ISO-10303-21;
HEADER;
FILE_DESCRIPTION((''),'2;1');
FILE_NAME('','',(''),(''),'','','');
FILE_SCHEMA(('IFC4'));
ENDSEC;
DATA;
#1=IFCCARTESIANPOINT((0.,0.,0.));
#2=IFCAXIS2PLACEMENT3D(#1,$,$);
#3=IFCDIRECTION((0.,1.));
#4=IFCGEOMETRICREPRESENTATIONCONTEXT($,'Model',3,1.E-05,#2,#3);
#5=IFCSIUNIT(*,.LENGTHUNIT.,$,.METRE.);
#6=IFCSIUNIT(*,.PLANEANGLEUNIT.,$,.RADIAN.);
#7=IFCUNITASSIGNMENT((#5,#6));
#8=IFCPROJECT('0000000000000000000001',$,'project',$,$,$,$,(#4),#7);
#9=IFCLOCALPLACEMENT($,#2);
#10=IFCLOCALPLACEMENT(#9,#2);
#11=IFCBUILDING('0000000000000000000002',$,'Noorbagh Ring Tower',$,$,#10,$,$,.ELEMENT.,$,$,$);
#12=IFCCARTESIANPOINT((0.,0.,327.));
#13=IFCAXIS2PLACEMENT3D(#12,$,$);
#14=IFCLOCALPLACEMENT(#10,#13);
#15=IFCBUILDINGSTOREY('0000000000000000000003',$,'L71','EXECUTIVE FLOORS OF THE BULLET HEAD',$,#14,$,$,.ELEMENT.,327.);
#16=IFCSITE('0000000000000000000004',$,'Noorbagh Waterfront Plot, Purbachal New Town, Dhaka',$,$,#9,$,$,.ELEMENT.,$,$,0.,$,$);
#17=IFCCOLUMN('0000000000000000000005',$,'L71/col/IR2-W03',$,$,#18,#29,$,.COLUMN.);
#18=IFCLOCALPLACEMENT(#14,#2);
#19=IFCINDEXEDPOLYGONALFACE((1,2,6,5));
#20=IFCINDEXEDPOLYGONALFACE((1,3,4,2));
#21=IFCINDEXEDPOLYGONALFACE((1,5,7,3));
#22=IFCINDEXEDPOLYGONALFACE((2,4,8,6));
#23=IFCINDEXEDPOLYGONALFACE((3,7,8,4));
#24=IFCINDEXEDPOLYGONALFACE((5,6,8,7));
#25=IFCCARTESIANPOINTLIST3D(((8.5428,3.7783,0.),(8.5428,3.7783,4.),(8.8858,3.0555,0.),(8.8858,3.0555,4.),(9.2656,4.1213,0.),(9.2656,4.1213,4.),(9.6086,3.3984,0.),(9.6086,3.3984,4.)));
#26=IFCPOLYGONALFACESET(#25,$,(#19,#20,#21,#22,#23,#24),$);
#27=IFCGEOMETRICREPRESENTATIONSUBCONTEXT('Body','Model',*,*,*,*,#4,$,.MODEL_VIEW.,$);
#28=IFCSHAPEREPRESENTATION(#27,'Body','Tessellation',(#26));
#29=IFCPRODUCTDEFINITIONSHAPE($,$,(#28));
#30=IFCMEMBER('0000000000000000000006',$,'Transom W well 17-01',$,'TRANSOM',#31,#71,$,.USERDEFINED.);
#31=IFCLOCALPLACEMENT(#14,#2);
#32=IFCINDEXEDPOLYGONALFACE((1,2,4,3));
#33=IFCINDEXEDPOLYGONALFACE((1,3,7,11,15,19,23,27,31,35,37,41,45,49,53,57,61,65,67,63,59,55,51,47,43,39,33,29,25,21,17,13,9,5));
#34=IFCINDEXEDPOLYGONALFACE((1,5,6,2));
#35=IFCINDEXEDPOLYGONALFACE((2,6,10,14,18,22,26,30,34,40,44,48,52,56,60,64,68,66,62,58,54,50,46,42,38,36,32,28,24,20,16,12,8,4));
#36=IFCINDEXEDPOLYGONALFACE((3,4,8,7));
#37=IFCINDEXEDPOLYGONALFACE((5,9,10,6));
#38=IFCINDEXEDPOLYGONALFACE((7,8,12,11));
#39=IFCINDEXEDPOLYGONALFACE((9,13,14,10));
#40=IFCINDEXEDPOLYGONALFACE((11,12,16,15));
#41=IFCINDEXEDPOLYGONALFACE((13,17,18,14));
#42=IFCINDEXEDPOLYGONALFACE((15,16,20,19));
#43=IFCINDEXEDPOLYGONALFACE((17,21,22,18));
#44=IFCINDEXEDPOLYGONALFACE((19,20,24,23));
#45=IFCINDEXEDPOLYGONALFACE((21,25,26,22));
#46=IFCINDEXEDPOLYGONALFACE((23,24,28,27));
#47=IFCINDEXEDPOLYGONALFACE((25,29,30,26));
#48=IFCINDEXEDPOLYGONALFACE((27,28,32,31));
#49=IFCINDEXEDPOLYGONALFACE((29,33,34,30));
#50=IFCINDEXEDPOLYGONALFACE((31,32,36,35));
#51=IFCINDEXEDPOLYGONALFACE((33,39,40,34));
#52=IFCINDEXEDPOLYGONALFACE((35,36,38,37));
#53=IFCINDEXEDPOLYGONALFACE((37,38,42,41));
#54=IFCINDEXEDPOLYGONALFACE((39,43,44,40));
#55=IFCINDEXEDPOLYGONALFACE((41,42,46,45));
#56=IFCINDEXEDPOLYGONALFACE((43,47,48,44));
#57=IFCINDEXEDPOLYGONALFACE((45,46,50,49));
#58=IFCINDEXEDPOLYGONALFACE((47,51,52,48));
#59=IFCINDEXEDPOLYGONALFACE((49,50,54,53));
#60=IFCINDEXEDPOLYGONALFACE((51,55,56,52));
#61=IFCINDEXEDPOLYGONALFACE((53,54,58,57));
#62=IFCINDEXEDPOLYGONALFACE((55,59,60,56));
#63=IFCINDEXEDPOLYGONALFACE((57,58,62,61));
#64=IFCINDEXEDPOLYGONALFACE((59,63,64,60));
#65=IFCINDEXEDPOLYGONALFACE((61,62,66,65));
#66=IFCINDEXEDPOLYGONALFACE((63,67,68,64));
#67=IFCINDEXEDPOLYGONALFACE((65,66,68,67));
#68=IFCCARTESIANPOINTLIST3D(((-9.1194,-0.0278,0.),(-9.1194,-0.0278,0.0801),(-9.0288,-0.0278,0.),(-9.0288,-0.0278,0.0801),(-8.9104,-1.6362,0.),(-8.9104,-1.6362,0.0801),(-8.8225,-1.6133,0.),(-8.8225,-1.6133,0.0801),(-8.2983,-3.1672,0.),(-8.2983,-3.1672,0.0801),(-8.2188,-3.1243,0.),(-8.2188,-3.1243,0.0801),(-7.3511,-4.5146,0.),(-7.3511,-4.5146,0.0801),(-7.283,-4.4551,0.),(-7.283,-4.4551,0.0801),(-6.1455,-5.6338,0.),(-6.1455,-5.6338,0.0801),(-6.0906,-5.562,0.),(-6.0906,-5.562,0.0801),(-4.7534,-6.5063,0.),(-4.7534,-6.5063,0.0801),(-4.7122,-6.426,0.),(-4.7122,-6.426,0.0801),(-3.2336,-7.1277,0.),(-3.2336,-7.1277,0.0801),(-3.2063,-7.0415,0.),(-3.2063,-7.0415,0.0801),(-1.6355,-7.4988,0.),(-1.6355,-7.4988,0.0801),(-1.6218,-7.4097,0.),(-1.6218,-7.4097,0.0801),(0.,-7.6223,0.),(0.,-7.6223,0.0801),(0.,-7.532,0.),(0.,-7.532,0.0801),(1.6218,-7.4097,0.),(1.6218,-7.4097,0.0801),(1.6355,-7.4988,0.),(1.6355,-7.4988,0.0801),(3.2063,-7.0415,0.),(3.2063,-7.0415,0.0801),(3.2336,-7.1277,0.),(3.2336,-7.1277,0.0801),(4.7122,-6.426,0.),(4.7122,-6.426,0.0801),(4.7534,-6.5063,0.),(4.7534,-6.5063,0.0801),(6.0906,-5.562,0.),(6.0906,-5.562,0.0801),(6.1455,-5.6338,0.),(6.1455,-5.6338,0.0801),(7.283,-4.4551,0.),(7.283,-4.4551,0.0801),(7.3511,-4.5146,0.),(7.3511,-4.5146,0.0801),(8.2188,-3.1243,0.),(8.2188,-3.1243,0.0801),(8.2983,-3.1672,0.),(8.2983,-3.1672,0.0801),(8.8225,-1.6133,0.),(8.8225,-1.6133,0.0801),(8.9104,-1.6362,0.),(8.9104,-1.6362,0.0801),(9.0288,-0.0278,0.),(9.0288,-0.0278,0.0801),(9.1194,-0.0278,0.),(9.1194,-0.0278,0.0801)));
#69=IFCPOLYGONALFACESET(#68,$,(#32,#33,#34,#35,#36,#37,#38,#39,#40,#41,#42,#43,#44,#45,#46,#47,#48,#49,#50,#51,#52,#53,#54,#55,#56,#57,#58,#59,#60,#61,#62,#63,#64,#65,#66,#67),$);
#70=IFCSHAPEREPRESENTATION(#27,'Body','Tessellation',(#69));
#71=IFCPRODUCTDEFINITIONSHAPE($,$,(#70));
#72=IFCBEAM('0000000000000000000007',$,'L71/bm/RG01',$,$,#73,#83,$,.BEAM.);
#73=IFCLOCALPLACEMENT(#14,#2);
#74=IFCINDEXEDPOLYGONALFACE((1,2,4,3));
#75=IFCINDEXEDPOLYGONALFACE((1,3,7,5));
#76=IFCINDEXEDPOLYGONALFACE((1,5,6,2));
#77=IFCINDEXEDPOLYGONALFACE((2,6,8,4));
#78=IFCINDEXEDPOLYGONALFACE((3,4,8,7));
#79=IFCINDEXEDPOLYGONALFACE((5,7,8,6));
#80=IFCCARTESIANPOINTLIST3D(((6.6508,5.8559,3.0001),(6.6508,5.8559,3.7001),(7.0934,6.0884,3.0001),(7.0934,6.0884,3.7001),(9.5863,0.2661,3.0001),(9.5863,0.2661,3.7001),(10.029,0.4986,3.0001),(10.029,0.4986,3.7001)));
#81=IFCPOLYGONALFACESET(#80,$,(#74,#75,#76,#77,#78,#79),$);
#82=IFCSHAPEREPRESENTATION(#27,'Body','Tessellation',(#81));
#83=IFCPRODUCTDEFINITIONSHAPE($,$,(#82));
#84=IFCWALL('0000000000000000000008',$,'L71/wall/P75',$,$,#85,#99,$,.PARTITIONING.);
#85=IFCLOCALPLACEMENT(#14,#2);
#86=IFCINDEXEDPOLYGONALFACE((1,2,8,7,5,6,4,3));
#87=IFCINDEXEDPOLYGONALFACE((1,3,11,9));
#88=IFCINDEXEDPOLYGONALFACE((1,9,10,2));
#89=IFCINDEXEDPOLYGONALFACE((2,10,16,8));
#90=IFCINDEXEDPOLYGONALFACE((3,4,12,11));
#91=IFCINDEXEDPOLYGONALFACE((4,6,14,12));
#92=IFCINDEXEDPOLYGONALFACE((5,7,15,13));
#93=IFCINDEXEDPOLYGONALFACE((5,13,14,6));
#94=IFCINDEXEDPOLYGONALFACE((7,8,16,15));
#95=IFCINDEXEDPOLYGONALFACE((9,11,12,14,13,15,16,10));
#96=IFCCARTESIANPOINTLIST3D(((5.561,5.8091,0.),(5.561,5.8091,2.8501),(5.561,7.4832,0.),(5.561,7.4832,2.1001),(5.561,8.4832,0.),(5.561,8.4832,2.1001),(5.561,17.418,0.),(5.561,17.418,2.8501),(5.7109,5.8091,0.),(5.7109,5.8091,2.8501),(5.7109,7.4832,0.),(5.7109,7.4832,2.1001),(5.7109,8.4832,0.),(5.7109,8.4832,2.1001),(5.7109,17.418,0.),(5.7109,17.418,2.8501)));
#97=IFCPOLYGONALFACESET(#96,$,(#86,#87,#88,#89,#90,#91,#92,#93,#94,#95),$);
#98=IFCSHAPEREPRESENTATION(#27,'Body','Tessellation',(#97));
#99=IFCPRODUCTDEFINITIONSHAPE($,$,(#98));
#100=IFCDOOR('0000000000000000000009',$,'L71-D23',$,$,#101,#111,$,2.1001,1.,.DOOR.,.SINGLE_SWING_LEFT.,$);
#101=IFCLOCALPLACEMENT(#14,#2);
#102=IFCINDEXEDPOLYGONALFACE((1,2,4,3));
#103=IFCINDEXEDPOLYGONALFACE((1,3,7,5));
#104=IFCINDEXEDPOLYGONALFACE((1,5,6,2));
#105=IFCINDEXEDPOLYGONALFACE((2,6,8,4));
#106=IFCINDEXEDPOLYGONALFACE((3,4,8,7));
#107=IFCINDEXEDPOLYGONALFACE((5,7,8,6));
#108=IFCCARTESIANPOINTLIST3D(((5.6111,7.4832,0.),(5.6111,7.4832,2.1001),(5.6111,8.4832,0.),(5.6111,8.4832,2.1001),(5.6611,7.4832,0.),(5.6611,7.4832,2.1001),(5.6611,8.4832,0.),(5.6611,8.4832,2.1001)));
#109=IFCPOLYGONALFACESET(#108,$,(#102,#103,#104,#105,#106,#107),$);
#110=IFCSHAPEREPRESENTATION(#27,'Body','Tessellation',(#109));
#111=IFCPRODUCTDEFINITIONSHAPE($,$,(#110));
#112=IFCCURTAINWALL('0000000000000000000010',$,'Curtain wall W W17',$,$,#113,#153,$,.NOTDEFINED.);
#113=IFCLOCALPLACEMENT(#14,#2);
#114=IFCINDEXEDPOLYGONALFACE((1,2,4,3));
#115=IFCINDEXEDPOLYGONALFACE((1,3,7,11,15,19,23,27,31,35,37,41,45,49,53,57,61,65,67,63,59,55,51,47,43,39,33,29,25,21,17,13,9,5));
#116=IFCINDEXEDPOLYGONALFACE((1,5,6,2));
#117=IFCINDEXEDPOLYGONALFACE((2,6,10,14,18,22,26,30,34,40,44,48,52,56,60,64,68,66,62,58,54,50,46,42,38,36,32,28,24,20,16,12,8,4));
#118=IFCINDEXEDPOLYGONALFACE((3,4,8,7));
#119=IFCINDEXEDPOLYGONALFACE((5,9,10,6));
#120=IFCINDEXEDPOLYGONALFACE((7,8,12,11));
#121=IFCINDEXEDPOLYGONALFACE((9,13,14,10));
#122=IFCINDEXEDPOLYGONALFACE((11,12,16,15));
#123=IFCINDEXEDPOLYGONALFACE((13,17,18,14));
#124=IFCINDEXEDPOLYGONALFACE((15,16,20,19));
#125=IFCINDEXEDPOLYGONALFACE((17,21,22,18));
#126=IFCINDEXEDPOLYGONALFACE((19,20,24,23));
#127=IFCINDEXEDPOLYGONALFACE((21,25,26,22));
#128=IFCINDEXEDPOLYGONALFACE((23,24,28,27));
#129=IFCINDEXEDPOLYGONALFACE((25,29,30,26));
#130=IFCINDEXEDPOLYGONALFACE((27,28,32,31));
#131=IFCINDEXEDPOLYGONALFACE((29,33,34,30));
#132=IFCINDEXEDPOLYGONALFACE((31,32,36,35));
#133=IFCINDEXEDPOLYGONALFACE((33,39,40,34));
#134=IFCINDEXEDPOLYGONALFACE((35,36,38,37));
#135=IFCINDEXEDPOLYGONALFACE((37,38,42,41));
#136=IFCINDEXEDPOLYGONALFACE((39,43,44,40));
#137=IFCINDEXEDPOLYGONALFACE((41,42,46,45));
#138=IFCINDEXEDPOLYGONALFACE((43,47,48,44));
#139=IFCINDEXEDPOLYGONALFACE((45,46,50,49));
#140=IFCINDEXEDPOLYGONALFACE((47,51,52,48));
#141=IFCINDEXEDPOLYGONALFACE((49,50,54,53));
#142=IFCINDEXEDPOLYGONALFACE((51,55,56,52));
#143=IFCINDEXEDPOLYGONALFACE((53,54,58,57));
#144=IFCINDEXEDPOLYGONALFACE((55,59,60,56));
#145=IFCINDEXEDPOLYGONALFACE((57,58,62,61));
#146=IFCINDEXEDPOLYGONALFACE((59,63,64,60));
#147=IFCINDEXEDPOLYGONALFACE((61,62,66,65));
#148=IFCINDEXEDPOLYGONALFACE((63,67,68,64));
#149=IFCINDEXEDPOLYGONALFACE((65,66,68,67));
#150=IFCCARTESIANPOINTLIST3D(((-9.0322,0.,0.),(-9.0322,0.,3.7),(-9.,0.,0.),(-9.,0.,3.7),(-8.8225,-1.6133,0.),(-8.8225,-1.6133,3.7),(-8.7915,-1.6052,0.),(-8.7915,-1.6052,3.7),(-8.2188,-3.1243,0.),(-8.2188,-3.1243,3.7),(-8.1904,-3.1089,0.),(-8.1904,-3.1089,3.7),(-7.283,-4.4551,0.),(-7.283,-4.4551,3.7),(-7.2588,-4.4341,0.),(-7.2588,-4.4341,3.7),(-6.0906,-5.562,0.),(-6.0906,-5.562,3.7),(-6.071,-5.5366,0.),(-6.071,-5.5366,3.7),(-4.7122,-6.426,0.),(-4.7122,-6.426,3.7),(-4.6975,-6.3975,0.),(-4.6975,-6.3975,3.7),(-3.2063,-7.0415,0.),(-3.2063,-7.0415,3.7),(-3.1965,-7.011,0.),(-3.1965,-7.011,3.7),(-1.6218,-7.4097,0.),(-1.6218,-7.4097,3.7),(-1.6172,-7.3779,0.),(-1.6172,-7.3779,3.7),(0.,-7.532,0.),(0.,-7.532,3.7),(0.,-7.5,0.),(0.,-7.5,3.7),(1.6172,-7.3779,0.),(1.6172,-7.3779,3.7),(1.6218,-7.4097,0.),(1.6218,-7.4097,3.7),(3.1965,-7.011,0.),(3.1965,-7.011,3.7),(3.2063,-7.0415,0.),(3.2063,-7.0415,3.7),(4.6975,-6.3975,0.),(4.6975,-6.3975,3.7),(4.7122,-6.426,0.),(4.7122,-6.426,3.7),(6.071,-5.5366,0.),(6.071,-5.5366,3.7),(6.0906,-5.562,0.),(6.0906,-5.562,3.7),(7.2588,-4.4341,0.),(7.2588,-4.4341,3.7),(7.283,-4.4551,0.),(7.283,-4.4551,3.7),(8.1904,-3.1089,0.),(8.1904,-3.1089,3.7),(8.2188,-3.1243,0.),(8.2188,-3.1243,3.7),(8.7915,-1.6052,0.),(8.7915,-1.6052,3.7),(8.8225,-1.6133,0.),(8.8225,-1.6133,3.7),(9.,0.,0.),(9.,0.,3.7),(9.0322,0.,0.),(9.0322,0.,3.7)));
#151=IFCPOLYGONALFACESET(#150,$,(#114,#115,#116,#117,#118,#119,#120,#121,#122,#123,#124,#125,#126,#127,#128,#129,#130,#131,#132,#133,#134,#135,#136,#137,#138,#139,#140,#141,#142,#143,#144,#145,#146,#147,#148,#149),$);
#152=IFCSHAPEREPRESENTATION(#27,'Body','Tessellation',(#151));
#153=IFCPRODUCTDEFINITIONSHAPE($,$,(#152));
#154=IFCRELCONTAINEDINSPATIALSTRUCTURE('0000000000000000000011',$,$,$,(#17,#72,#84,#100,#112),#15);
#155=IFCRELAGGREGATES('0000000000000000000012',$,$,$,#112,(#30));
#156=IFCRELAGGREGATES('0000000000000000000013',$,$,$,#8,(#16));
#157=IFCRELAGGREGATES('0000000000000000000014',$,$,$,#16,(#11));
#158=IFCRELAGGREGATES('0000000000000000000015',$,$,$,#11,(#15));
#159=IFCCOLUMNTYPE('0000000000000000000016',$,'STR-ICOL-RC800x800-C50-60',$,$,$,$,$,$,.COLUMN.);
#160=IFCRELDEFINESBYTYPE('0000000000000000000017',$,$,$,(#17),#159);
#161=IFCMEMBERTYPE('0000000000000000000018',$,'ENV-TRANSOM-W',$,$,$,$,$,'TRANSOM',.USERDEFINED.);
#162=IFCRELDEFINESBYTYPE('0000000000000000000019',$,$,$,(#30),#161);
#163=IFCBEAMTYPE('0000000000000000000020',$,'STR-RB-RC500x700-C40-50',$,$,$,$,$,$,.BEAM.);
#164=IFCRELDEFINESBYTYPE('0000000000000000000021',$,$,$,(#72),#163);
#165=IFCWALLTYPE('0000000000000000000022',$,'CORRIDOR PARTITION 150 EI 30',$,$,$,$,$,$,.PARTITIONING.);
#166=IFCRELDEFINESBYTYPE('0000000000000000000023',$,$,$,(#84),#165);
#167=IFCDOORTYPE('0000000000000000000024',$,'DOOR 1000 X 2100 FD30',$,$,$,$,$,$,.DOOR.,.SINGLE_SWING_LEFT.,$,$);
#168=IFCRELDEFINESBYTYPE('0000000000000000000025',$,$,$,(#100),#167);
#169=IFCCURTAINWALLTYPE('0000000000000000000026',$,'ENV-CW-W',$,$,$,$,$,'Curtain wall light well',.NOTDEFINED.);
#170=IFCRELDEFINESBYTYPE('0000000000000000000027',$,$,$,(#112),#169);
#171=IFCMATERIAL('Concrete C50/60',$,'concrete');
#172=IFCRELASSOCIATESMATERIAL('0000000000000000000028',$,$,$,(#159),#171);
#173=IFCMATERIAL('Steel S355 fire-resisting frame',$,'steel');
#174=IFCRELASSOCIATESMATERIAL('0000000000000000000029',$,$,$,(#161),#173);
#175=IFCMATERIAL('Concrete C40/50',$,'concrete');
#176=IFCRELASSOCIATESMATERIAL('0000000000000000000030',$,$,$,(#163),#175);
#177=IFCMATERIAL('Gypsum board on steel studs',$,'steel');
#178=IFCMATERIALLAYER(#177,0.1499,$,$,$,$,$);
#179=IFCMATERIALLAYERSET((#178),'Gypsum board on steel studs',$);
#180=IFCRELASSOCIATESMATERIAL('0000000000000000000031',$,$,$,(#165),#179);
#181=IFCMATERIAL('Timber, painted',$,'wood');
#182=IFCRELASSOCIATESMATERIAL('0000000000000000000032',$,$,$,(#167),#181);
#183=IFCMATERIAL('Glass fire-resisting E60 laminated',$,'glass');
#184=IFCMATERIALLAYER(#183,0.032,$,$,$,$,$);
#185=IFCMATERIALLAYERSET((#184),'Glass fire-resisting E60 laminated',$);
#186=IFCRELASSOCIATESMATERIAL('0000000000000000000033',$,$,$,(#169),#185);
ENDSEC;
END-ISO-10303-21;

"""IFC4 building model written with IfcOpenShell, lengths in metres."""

from ifc_helpers import new_model, si_unit, direction, frame, frame_2d, origin, origin_2d, place, context, subcontext, project, spatial, polyline, rectangle, outline, extrude, material, layer, layer_set, material_profile, profile_set, type_object, element, fill, aggregate, save


model = new_model("IFC4")

# Units and contexts
model_context = context("Model", 3, precision=1e-05, world=origin(), true_north=direction((0.0, 1.0)))
body_context = subcontext(model_context, "Body", "Model", "MODEL_VIEW")
ifc_project = project(units=[si_unit("LENGTHUNIT", "METRE"), si_unit("PLANEANGLEUNIT", "RADIAN")], contexts=[model_context])

# Site, building, storey
site_placement = place(None, origin())
site = spatial("IfcSite", under=ifc_project, at=site_placement, Name="Noorbagh Waterfront Plot, Purbachal New Town, Dhaka", CompositionType="ELEMENT", RefElevation=0.0)
building_placement = place(site_placement, origin())
building = spatial("IfcBuilding", under=site, at=building_placement, Name="Noorbagh Ring Tower", CompositionType="ELEMENT")
storey_placement = place(building_placement, frame((0.0, 0.0, 327.0)))
storey = spatial("IfcBuildingStorey", under=building, at=storey_placement, Name="L71", Description="EXECUTIVE FLOORS OF THE BULLET HEAD", CompositionType="ELEMENT", Elevation=327.0)

# Column
ifc_material_1 = material(Name="Concrete C50/60", Category="concrete")
ifc_material_profile_1 = material_profile(ifc_material_1, rectangle(XDim=0.8, YDim=0.8, at=origin_2d()), Name="RC800x800")
ifc_profile_set_1 = profile_set([ifc_material_profile_1], Name="Concrete C50/60")
column_type = type_object("IfcColumnType", Name="STR-ICOL-RC800x800-C50-60", PredefinedType="COLUMN", material=ifc_profile_set_1)
column_placement = place(storey_placement, frame((9.0757, 3.5884, 0.0), z_axis=(0.0, 0.0, 1.0), x_axis=(-0.428667, 0.903463, 0.0)))
element("IfcColumn", 1, at=column_placement, inside=storey, type_object=column_type, Name="L71/col/IR2-W03", PredefinedType="COLUMN", context=body_context, shape_type="SweptSolid", body=[
    extrude(rectangle(XDim=0.8, YDim=0.8, at=origin_2d()), origin(), (0.0, 0.0, 1.0), 4.0),
])

# Member
ifc_material_2 = material(Name="Steel S355 fire-resisting frame", Category="steel")
member_type = type_object("IfcMemberType", Name="ENV-TRANSOM-W", ElementType="TRANSOM", PredefinedType="USERDEFINED", material=ifc_material_2)
member_placement = place(storey_placement, origin())
member = element("IfcMember", 2, at=member_placement, type_object=member_type, Name="Transom W well 17-01", ObjectType="TRANSOM", PredefinedType="USERDEFINED", context=body_context, shape_type="SweptSolid", body=[
    extrude(outline(polyline([(-9.1194, -0.0278), (-8.9104, -1.6362), (-8.2983, -3.1672), (-7.3511, -4.5146), (-6.1455, -5.6338), (-4.7534, -6.5063), (-3.2336, -7.1277), (-1.6355, -7.4988), (0.0, -7.6223), (1.6355, -7.4988), (3.2336, -7.1277), (4.7534, -6.5063), (6.1455, -5.6338), (7.3511, -4.5146), (8.2983, -3.1672), (8.9104, -1.6362), (9.1194, -0.0278), (9.0288, -0.0278), (8.8225, -1.6133), (8.2188, -3.1243), (7.283, -4.4551), (6.0906, -5.562), (4.7122, -6.426), (3.2063, -7.0415), (1.6218, -7.4097), (0.0, -7.532), (-1.6218, -7.4097), (-3.2063, -7.0415), (-4.7122, -6.426), (-6.0906, -5.562), (-7.283, -4.4551), (-8.2188, -3.1243), (-8.8225, -1.6133), (-9.0288, -0.0278), (-9.1194, -0.0278)])), origin(), (0.0, 0.0, 1.0), 0.0801),
])

# Beam
ifc_material_3 = material(Name="Concrete C40/50", Category="concrete")
ifc_material_profile_2 = material_profile(ifc_material_3, rectangle(XDim=0.5, YDim=0.7, at=origin_2d()), Name="RC500x700")
ifc_profile_set_2 = profile_set([ifc_material_profile_2], Name="Concrete C40/50")
beam_type = type_object("IfcBeamType", Name="STR-RB-RC500x700-C40-50", PredefinedType="BEAM", material=ifc_profile_set_2)
beam_placement = place(storey_placement, frame((9.8076, 0.3823, 3.3501), z_axis=(-0.464943, 0.885341, 0.0), x_axis=(-0.885341, -0.464943, 0.0)))
element("IfcBeam", 3, at=beam_placement, inside=storey, type_object=beam_type, Name="L71/bm/RG01", PredefinedType="BEAM", context=body_context, shape_type="SweptSolid", body=[
    extrude(rectangle(XDim=0.5, YDim=0.7, at=origin_2d()), origin(), (0.0, 0.0, 1.0), 6.3137),
])

# Wall, opening, door
ifc_material_4 = material(Name="Gypsum board on steel studs", Category="steel")
ifc_layer_1 = layer(ifc_material_4, 0.1499)
ifc_layer_set_1 = layer_set([ifc_layer_1], Name="Gypsum board on steel studs")
wall_type = type_object("IfcWallType", Name="CORRIDOR PARTITION 150 EI 30", PredefinedType="PARTITIONING", material=ifc_layer_set_1)
wall_placement = place(storey_placement, frame((5.636, 5.8091, 0.0), z_axis=(0.0, 0.0, 1.0), x_axis=(0.0, 1.0, 0.0)))
wall = element("IfcWall", 4, at=wall_placement, inside=storey, type_object=wall_type, Name="L71/wall/P75", PredefinedType="PARTITIONING", context=body_context, shape_type="SweptSolid", body=[
    extrude(rectangle(XDim=11.6089, YDim=0.1499, at=frame_2d((5.8044, 0.0))), origin(), (0.0, 0.0, 1.0), 2.8501),
])
opening_placement = place(wall_placement, frame((1.6741, 0.0, 0.0)))
opening = element("IfcOpeningElement", 5, at=opening_placement, cuts=wall, PredefinedType="OPENING", context=body_context, shape_type="SweptSolid", body=[
    extrude(rectangle(XDim=1.0, YDim=2.1001, at=frame_2d((0.5, 1.05))), frame((0.0, 0.085, 0.0), z_axis=(0.0, -1.0, 0.0), x_axis=(1.0, 0.0, 0.0)), (0.0, 0.0, 1.0), 0.1699),
])
ifc_material_5 = material(Name="Timber, painted", Category="wood")
door_type = type_object("IfcDoorType", Name="DOOR 1000 X 2100 FD30", OperationType="SINGLE_SWING_LEFT", PredefinedType="DOOR", material=ifc_material_5)
door_placement = place(opening_placement, origin())
door = element("IfcDoor", 6, at=door_placement, inside=storey, type_object=door_type, Name="L71-D23", OperationType="SINGLE_SWING_LEFT", OverallHeight=2.1001, OverallWidth=1.0, PredefinedType="DOOR", context=body_context, shape_type="SweptSolid", body=[
    extrude(rectangle(XDim=1.0, YDim=2.1001, at=frame_2d((0.5, 1.05))), frame((0.0, 0.0249, 0.0), z_axis=(0.0, -1.0, 0.0), x_axis=(1.0, 0.0, 0.0)), (0.0, 0.0, 1.0), 0.05),
])
fill(opening, door)

# Curtain wall
ifc_material_6 = material(Name="Glass fire-resisting E60 laminated", Category="glass")
ifc_layer_2 = layer(ifc_material_6, 0.032)
ifc_layer_set_2 = layer_set([ifc_layer_2], Name="Glass fire-resisting E60 laminated")
curtain_wall_type = type_object("IfcCurtainWallType", Name="ENV-CW-W", ElementType="Curtain wall light well", PredefinedType="NOTDEFINED", material=ifc_layer_set_2)
curtain_wall_placement = place(storey_placement, origin())
curtain_wall = element("IfcCurtainWall", 7, at=curtain_wall_placement, inside=storey, type_object=curtain_wall_type, Name="Curtain wall W W17", PredefinedType="NOTDEFINED", context=body_context, shape_type="SweptSolid", body=[
    extrude(outline(polyline([(-9.0322, 0.0), (-8.8225, -1.6133), (-8.2188, -3.1243), (-7.283, -4.4551), (-6.0906, -5.562), (-4.7122, -6.426), (-3.2063, -7.0415), (-1.6218, -7.4097), (0.0, -7.532), (1.6218, -7.4097), (3.2063, -7.0415), (4.7122, -6.426), (6.0906, -5.562), (7.283, -4.4551), (8.2188, -3.1243), (8.8225, -1.6133), (9.0322, 0.0), (9.0, 0.0), (8.7915, -1.6052), (8.1904, -3.1089), (7.2588, -4.4341), (6.071, -5.5366), (4.6975, -6.3975), (3.1965, -7.011), (1.6172, -7.3779), (0.0, -7.5), (-1.6172, -7.3779), (-3.1965, -7.011), (-4.6975, -6.3975), (-6.071, -5.5366), (-7.2588, -4.4341), (-8.1904, -3.1089), (-8.7915, -1.6052), (-9.0, 0.0), (-9.0322, 0.0)])), origin(), (0.0, 0.0, 1.0), 3.7),
])
aggregate(curtain_wall, [member])

save(model, "model.ifc")
